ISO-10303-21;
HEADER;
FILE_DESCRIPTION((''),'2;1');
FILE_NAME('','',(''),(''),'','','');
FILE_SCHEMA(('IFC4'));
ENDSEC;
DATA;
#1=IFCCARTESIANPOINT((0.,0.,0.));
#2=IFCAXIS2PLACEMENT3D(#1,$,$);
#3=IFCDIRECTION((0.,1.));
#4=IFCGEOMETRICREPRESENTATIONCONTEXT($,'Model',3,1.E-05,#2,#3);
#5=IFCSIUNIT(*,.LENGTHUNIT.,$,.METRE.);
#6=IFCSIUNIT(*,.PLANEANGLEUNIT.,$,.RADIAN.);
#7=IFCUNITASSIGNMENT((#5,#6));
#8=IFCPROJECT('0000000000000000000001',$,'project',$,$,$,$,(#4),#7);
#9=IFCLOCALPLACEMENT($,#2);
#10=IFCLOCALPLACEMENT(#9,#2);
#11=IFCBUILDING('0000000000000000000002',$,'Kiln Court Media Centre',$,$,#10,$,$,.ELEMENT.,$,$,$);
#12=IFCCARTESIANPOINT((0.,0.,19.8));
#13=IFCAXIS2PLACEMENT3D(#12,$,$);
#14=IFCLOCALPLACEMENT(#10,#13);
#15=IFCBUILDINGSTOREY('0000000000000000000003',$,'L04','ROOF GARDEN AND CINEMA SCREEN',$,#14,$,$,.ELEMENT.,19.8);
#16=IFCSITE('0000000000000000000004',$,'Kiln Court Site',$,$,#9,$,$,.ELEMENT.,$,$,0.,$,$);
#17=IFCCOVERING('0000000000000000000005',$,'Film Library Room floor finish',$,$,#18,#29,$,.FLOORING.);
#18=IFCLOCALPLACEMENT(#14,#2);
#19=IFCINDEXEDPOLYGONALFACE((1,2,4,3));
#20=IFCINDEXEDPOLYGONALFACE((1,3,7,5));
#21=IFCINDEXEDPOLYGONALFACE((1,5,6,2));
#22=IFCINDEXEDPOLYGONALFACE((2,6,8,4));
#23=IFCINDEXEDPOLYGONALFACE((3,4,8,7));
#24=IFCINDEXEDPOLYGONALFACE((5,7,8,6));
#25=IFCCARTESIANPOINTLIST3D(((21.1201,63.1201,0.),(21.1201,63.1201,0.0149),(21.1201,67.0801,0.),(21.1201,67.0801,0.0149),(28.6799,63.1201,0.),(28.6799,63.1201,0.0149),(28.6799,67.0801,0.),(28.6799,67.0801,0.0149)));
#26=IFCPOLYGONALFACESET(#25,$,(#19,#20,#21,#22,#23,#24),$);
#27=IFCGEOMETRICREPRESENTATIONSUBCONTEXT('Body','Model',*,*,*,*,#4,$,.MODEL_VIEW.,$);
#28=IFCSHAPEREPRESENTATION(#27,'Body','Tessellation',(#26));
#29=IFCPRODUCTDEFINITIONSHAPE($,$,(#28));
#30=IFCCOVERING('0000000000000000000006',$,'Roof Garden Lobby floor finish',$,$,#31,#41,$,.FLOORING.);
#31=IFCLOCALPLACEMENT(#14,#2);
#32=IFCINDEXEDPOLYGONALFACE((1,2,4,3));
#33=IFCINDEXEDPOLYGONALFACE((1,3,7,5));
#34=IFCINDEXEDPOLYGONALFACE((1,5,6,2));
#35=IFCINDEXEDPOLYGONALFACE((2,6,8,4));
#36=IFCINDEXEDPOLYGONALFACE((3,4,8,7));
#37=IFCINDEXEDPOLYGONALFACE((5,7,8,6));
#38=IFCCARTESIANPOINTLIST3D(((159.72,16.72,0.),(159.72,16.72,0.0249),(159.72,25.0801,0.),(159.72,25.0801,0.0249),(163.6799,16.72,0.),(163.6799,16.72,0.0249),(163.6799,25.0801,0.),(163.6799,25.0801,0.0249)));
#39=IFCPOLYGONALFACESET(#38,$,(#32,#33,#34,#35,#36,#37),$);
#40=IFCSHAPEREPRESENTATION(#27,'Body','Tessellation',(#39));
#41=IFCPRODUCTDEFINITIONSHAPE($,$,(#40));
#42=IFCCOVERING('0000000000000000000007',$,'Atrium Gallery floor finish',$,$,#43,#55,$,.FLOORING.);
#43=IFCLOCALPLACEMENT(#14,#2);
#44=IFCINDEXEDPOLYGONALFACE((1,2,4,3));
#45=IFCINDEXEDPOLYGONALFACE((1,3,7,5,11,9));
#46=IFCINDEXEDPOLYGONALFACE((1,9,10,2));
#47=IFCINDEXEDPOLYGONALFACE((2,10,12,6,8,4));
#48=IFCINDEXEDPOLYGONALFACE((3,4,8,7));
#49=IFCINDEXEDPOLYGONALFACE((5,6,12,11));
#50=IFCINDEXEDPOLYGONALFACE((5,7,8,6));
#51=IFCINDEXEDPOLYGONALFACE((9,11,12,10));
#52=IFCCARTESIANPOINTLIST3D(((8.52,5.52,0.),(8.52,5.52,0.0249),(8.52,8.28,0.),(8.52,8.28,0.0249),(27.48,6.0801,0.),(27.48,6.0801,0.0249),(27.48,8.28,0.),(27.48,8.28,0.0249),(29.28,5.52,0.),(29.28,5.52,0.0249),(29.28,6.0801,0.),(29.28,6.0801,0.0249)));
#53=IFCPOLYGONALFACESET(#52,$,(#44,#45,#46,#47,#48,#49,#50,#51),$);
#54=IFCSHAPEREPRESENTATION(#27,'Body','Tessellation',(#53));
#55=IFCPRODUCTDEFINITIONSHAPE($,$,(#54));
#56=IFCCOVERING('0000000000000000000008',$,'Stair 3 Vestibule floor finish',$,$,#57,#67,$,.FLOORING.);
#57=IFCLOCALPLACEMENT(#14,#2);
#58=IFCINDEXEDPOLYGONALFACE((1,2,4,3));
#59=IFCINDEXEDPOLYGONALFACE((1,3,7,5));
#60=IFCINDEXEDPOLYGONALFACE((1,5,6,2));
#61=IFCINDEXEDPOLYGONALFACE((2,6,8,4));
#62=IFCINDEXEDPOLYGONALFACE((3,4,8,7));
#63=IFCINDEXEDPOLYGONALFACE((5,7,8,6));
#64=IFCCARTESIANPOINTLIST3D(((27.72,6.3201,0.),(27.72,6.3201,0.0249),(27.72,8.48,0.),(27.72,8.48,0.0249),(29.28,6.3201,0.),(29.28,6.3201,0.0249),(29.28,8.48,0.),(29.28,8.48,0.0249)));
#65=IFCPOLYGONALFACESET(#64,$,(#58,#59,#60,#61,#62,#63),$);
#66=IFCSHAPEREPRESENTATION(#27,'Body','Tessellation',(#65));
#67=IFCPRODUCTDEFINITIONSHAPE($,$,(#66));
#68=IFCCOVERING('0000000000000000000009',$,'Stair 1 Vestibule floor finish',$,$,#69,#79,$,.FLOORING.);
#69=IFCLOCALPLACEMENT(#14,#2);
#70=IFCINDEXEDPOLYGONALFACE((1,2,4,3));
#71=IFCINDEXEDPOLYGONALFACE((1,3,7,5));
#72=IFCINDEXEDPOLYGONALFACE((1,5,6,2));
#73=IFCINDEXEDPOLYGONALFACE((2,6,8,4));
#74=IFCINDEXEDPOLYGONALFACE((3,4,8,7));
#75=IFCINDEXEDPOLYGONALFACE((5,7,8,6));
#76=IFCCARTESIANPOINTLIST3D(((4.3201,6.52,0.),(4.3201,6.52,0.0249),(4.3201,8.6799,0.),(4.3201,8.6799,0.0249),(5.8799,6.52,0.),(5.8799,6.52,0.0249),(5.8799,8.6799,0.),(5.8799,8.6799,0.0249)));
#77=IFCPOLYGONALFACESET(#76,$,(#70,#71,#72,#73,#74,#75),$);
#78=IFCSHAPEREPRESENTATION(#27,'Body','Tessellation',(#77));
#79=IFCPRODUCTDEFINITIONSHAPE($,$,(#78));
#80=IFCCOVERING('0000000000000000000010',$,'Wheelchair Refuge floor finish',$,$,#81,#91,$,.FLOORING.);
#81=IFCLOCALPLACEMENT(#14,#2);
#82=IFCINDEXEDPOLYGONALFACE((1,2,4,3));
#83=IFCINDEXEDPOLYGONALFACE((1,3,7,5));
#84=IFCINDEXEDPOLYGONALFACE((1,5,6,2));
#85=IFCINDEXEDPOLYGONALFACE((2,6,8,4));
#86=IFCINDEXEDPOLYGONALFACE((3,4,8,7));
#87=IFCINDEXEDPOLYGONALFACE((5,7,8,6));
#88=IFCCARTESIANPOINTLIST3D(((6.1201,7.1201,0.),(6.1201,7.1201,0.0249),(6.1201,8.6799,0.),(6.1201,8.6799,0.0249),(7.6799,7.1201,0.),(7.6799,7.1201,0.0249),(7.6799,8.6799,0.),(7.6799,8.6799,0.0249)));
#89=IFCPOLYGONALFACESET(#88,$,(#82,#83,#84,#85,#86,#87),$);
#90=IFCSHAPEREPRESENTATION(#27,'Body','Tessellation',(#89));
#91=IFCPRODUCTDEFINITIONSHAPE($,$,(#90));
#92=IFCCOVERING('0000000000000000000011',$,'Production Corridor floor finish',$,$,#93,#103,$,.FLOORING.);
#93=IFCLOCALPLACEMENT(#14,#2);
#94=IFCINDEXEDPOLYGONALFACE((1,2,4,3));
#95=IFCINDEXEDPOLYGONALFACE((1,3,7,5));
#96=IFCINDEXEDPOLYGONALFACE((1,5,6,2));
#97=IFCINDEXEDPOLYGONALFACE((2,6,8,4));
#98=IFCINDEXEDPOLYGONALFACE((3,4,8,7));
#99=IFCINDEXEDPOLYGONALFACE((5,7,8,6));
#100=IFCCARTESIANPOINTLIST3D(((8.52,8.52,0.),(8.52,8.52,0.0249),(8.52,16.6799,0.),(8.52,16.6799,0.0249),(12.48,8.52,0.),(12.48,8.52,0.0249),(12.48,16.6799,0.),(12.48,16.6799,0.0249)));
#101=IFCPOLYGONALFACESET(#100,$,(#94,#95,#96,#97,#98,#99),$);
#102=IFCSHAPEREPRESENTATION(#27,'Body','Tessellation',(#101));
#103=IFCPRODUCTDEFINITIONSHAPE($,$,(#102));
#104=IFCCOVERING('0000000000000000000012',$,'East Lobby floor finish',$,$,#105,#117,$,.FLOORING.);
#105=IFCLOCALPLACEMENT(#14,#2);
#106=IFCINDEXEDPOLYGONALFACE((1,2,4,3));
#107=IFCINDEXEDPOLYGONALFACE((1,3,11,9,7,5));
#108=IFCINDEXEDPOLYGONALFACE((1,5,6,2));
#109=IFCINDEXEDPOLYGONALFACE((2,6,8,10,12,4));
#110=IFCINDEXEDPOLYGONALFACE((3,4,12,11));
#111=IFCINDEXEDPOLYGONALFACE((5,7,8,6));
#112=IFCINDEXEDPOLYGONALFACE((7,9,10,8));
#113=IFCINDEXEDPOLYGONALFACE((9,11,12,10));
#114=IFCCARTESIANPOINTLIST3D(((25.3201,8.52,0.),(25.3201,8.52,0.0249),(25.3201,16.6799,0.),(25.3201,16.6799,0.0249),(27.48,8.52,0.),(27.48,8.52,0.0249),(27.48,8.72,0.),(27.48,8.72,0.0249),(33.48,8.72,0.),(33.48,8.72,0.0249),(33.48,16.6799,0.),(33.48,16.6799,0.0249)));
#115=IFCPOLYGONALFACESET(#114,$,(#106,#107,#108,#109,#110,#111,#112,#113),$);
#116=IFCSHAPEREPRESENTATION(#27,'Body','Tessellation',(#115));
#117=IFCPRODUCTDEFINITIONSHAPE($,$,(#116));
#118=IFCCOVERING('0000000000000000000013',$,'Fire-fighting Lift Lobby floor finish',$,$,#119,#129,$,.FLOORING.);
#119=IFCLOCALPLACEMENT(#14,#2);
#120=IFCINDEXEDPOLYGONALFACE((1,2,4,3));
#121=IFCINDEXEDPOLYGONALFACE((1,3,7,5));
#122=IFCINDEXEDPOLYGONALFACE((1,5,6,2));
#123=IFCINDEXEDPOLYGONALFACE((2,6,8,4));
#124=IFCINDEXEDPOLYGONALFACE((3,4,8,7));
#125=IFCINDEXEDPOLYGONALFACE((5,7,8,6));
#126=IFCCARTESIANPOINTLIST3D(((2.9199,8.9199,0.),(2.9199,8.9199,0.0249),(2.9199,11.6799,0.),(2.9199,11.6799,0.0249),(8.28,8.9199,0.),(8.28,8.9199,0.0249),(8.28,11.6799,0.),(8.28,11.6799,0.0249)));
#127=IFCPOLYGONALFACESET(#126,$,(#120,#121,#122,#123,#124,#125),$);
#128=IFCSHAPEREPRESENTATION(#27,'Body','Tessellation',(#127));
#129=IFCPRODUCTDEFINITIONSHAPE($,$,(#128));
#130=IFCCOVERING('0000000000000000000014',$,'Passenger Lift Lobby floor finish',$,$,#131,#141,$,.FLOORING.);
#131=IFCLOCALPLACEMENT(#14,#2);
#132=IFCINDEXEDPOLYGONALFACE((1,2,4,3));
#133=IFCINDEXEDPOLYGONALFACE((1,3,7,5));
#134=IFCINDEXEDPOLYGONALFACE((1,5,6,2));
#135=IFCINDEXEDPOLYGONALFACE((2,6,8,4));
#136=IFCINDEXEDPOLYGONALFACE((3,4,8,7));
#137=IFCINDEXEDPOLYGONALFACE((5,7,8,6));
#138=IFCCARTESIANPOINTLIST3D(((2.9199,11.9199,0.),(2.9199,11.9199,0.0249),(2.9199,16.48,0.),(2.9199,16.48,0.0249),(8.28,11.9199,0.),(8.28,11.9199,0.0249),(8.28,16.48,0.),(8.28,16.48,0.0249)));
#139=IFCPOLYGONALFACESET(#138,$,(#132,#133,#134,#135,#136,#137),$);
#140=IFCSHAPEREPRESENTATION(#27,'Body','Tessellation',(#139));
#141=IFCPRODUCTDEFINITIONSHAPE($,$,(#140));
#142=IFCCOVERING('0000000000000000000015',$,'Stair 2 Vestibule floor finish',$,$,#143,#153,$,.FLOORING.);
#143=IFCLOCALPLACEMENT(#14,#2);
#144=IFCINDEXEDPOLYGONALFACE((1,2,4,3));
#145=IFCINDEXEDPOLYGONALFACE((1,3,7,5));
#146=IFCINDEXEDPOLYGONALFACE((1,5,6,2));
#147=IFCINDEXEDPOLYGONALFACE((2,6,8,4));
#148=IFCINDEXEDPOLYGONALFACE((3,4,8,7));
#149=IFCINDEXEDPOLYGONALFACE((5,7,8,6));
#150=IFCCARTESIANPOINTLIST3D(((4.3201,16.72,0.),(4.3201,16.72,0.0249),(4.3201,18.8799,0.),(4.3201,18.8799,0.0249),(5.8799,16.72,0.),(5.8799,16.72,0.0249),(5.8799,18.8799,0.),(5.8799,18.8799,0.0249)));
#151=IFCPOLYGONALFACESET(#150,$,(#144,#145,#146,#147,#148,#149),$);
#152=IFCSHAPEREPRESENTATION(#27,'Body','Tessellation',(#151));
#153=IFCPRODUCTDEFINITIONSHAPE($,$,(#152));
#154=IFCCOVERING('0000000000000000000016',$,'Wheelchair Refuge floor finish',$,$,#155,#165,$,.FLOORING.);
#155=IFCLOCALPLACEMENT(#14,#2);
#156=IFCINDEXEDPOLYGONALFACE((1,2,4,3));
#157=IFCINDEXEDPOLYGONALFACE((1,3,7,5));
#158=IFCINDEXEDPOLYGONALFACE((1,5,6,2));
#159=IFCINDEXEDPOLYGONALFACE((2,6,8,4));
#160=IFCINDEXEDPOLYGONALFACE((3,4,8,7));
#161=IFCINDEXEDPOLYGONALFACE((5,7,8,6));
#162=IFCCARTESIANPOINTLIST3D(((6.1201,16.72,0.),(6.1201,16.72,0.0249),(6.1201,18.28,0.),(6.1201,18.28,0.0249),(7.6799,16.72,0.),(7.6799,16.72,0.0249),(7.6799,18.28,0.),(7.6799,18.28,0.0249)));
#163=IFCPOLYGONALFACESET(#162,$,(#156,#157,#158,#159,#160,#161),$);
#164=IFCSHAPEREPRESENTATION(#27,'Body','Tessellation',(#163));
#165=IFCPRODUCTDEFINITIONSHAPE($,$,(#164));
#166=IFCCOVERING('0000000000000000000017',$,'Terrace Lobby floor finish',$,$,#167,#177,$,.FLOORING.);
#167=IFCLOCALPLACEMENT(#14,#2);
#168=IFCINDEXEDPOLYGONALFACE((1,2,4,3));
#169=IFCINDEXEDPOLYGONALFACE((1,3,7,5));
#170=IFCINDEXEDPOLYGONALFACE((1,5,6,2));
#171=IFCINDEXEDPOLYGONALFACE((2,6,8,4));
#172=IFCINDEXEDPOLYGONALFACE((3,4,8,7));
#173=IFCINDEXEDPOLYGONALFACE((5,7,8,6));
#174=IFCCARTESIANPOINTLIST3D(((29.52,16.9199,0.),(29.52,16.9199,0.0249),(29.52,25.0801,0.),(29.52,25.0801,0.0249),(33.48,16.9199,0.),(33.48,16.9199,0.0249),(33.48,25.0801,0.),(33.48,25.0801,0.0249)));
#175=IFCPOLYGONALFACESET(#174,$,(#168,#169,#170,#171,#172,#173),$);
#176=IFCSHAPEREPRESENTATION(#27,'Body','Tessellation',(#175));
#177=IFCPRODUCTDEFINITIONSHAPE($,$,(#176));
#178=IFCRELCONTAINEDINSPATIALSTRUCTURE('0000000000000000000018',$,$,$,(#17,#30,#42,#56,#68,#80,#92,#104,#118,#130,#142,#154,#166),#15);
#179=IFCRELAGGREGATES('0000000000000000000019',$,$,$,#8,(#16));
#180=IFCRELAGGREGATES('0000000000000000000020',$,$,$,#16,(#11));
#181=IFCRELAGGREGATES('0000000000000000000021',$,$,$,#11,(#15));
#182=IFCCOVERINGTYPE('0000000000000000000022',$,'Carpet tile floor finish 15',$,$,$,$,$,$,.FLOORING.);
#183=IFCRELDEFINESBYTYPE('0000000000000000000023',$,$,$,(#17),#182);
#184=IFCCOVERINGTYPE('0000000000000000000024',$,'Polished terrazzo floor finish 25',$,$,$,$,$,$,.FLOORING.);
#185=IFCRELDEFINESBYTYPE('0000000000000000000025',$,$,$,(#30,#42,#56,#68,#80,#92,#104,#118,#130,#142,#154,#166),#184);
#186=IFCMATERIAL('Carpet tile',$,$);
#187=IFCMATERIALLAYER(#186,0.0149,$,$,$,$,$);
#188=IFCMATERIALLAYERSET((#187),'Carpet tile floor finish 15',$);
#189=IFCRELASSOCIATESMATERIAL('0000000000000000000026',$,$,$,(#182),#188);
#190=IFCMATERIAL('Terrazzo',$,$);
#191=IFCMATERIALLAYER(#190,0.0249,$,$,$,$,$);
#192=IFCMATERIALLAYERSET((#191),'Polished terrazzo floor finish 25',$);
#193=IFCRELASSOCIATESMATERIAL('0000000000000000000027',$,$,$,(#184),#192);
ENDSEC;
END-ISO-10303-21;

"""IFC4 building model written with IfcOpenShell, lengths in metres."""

from ifc_helpers import new_model, si_unit, direction, frame, origin, place, context, subcontext, project, spatial, polyline, outline, extrude, material, layer, layer_set, type_object, element, save


model = new_model("IFC4")

# Units and contexts
model_context = context("Model", 3, precision=1e-05, world=origin(), true_north=direction((0.0, 1.0)))
body_context = subcontext(model_context, "Body", "Model", "MODEL_VIEW")
ifc_project = project(units=[si_unit("LENGTHUNIT", "METRE"), si_unit("PLANEANGLEUNIT", "RADIAN")], contexts=[model_context])

# Site, building, storey
site_placement = place(None, origin())
site = spatial("IfcSite", under=ifc_project, at=site_placement, Name="Kiln Court Site", CompositionType="ELEMENT", RefElevation=0.0)
building_placement = place(site_placement, origin())
building = spatial("IfcBuilding", under=site, at=building_placement, Name="Kiln Court Media Centre", CompositionType="ELEMENT")
storey_placement = place(building_placement, frame((0.0, 0.0, 19.8)))
storey = spatial("IfcBuildingStorey", under=building, at=storey_placement, Name="L04", Description="ROOF GARDEN AND CINEMA SCREEN", CompositionType="ELEMENT", Elevation=19.8)

# Coverings
ifc_material_1 = material(Name="Carpet tile")
ifc_layer_1 = layer(ifc_material_1, 0.0149)
ifc_layer_set_1 = layer_set([ifc_layer_1], Name="Carpet tile floor finish 15")
covering_type_1 = type_object("IfcCoveringType", Name="Carpet tile floor finish 15", PredefinedType="FLOORING", material=ifc_layer_set_1)
covering_1_placement = place(storey_placement, origin())
element("IfcCovering", 1, at=covering_1_placement, inside=storey, type_object=covering_type_1, Name="Film Library Room floor finish", PredefinedType="FLOORING", context=body_context, shape_type="SweptSolid", body=[
    extrude(outline(polyline([(21.1201, 63.1201), (28.6799, 63.1201), (28.6799, 67.0801), (21.1201, 67.0801), (21.1201, 63.1201)])), origin(), (0.0, 0.0, 1.0), 0.0149),
])
ifc_material_2 = material(Name="Terrazzo")
ifc_layer_2 = layer(ifc_material_2, 0.0249)
ifc_layer_set_2 = layer_set([ifc_layer_2], Name="Polished terrazzo floor finish 25")
covering_type_2 = type_object("IfcCoveringType", Name="Polished terrazzo floor finish 25", PredefinedType="FLOORING", material=ifc_layer_set_2)
covering_2_placement = place(storey_placement, origin())
element("IfcCovering", 2, at=covering_2_placement, inside=storey, type_object=covering_type_2, Name="Roof Garden Lobby floor finish", PredefinedType="FLOORING", context=body_context, shape_type="SweptSolid", body=[
    extrude(outline(polyline([(159.72, 16.72), (163.6799, 16.72), (163.6799, 25.0801), (159.72, 25.0801), (159.72, 16.72)])), origin(), (0.0, 0.0, 1.0), 0.0249),
])
covering_3_placement = place(storey_placement, origin())
element("IfcCovering", 3, at=covering_3_placement, inside=storey, type_object=covering_type_2, Name="Atrium Gallery floor finish", PredefinedType="FLOORING", context=body_context, shape_type="SweptSolid", body=[
    extrude(outline(polyline([(29.28, 5.52), (29.28, 6.0801), (27.48, 6.0801), (27.48, 8.28), (8.52, 8.28), (8.52, 5.52), (29.28, 5.52)])), origin(), (0.0, 0.0, 1.0), 0.0249),
])
covering_4_placement = place(storey_placement, origin())
element("IfcCovering", 4, at=covering_4_placement, inside=storey, type_object=covering_type_2, Name="Stair 3 Vestibule floor finish", PredefinedType="FLOORING", context=body_context, shape_type="SweptSolid", body=[
    extrude(outline(polyline([(27.72, 6.3201), (29.28, 6.3201), (29.28, 8.48), (27.72, 8.48), (27.72, 6.3201)])), origin(), (0.0, 0.0, 1.0), 0.0249),
])
covering_5_placement = place(storey_placement, origin())
element("IfcCovering", 5, at=covering_5_placement, inside=storey, type_object=covering_type_2, Name="Stair 1 Vestibule floor finish", PredefinedType="FLOORING", context=body_context, shape_type="SweptSolid", body=[
    extrude(outline(polyline([(4.3201, 6.52), (5.8799, 6.52), (5.8799, 8.6799), (4.3201, 8.6799), (4.3201, 6.52)])), origin(), (0.0, 0.0, 1.0), 0.0249),
])
covering_6_placement = place(storey_placement, origin())
element("IfcCovering", 6, at=covering_6_placement, inside=storey, type_object=covering_type_2, Name="Wheelchair Refuge floor finish", PredefinedType="FLOORING", context=body_context, shape_type="SweptSolid", body=[
    extrude(outline(polyline([(6.1201, 7.1201), (7.6799, 7.1201), (7.6799, 8.6799), (6.1201, 8.6799), (6.1201, 7.1201)])), origin(), (0.0, 0.0, 1.0), 0.0249),
])
covering_7_placement = place(storey_placement, origin())
element("IfcCovering", 7, at=covering_7_placement, inside=storey, type_object=covering_type_2, Name="Production Corridor floor finish", PredefinedType="FLOORING", context=body_context, shape_type="SweptSolid", body=[
    extrude(outline(polyline([(8.52, 8.52), (12.48, 8.52), (12.48, 16.6799), (8.52, 16.6799), (8.52, 8.52)])), origin(), (0.0, 0.0, 1.0), 0.0249),
])
covering_8_placement = place(storey_placement, origin())
element("IfcCovering", 8, at=covering_8_placement, inside=storey, type_object=covering_type_2, Name="East Lobby floor finish", PredefinedType="FLOORING", context=body_context, shape_type="SweptSolid", body=[
    extrude(outline(polyline([(25.3201, 8.52), (27.48, 8.52), (27.48, 8.72), (33.48, 8.72), (33.48, 16.6799), (25.3201, 16.6799), (25.3201, 8.52)])), origin(), (0.0, 0.0, 1.0), 0.0249),
])
covering_9_placement = place(storey_placement, origin())
element("IfcCovering", 9, at=covering_9_placement, inside=storey, type_object=covering_type_2, Name="Fire-fighting Lift Lobby floor finish", PredefinedType="FLOORING", context=body_context, shape_type="SweptSolid", body=[
    extrude(outline(polyline([(2.9199, 8.9199), (8.28, 8.9199), (8.28, 11.6799), (2.9199, 11.6799), (2.9199, 8.9199)])), origin(), (0.0, 0.0, 1.0), 0.0249),
])
covering_10_placement = place(storey_placement, origin())
element("IfcCovering", 10, at=covering_10_placement, inside=storey, type_object=covering_type_2, Name="Passenger Lift Lobby floor finish", PredefinedType="FLOORING", context=body_context, shape_type="SweptSolid", body=[
    extrude(outline(polyline([(2.9199, 11.9199), (8.28, 11.9199), (8.28, 16.48), (2.9199, 16.48), (2.9199, 11.9199)])), origin(), (0.0, 0.0, 1.0), 0.0249),
])
covering_11_placement = place(storey_placement, origin())
element("IfcCovering", 11, at=covering_11_placement, inside=storey, type_object=covering_type_2, Name="Stair 2 Vestibule floor finish", PredefinedType="FLOORING", context=body_context, shape_type="SweptSolid", body=[
    extrude(outline(polyline([(4.3201, 16.72), (5.8799, 16.72), (5.8799, 18.8799), (4.3201, 18.8799), (4.3201, 16.72)])), origin(), (0.0, 0.0, 1.0), 0.0249),
])
covering_12_placement = place(storey_placement, origin())
element("IfcCovering", 12, at=covering_12_placement, inside=storey, type_object=covering_type_2, Name="Wheelchair Refuge floor finish", PredefinedType="FLOORING", context=body_context, shape_type="SweptSolid", body=[
    extrude(outline(polyline([(6.1201, 16.72), (7.6799, 16.72), (7.6799, 18.28), (6.1201, 18.28), (6.1201, 16.72)])), origin(), (0.0, 0.0, 1.0), 0.0249),
])
covering_13_placement = place(storey_placement, origin())
element("IfcCovering", 13, at=covering_13_placement, inside=storey, type_object=covering_type_2, Name="Terrace Lobby floor finish", PredefinedType="FLOORING", context=body_context, shape_type="SweptSolid", body=[
    extrude(outline(polyline([(29.52, 16.9199), (33.48, 16.9199), (33.48, 25.0801), (29.52, 25.0801), (29.52, 16.9199)])), origin(), (0.0, 0.0, 1.0), 0.0249),
])

save(model, "model.ifc")
